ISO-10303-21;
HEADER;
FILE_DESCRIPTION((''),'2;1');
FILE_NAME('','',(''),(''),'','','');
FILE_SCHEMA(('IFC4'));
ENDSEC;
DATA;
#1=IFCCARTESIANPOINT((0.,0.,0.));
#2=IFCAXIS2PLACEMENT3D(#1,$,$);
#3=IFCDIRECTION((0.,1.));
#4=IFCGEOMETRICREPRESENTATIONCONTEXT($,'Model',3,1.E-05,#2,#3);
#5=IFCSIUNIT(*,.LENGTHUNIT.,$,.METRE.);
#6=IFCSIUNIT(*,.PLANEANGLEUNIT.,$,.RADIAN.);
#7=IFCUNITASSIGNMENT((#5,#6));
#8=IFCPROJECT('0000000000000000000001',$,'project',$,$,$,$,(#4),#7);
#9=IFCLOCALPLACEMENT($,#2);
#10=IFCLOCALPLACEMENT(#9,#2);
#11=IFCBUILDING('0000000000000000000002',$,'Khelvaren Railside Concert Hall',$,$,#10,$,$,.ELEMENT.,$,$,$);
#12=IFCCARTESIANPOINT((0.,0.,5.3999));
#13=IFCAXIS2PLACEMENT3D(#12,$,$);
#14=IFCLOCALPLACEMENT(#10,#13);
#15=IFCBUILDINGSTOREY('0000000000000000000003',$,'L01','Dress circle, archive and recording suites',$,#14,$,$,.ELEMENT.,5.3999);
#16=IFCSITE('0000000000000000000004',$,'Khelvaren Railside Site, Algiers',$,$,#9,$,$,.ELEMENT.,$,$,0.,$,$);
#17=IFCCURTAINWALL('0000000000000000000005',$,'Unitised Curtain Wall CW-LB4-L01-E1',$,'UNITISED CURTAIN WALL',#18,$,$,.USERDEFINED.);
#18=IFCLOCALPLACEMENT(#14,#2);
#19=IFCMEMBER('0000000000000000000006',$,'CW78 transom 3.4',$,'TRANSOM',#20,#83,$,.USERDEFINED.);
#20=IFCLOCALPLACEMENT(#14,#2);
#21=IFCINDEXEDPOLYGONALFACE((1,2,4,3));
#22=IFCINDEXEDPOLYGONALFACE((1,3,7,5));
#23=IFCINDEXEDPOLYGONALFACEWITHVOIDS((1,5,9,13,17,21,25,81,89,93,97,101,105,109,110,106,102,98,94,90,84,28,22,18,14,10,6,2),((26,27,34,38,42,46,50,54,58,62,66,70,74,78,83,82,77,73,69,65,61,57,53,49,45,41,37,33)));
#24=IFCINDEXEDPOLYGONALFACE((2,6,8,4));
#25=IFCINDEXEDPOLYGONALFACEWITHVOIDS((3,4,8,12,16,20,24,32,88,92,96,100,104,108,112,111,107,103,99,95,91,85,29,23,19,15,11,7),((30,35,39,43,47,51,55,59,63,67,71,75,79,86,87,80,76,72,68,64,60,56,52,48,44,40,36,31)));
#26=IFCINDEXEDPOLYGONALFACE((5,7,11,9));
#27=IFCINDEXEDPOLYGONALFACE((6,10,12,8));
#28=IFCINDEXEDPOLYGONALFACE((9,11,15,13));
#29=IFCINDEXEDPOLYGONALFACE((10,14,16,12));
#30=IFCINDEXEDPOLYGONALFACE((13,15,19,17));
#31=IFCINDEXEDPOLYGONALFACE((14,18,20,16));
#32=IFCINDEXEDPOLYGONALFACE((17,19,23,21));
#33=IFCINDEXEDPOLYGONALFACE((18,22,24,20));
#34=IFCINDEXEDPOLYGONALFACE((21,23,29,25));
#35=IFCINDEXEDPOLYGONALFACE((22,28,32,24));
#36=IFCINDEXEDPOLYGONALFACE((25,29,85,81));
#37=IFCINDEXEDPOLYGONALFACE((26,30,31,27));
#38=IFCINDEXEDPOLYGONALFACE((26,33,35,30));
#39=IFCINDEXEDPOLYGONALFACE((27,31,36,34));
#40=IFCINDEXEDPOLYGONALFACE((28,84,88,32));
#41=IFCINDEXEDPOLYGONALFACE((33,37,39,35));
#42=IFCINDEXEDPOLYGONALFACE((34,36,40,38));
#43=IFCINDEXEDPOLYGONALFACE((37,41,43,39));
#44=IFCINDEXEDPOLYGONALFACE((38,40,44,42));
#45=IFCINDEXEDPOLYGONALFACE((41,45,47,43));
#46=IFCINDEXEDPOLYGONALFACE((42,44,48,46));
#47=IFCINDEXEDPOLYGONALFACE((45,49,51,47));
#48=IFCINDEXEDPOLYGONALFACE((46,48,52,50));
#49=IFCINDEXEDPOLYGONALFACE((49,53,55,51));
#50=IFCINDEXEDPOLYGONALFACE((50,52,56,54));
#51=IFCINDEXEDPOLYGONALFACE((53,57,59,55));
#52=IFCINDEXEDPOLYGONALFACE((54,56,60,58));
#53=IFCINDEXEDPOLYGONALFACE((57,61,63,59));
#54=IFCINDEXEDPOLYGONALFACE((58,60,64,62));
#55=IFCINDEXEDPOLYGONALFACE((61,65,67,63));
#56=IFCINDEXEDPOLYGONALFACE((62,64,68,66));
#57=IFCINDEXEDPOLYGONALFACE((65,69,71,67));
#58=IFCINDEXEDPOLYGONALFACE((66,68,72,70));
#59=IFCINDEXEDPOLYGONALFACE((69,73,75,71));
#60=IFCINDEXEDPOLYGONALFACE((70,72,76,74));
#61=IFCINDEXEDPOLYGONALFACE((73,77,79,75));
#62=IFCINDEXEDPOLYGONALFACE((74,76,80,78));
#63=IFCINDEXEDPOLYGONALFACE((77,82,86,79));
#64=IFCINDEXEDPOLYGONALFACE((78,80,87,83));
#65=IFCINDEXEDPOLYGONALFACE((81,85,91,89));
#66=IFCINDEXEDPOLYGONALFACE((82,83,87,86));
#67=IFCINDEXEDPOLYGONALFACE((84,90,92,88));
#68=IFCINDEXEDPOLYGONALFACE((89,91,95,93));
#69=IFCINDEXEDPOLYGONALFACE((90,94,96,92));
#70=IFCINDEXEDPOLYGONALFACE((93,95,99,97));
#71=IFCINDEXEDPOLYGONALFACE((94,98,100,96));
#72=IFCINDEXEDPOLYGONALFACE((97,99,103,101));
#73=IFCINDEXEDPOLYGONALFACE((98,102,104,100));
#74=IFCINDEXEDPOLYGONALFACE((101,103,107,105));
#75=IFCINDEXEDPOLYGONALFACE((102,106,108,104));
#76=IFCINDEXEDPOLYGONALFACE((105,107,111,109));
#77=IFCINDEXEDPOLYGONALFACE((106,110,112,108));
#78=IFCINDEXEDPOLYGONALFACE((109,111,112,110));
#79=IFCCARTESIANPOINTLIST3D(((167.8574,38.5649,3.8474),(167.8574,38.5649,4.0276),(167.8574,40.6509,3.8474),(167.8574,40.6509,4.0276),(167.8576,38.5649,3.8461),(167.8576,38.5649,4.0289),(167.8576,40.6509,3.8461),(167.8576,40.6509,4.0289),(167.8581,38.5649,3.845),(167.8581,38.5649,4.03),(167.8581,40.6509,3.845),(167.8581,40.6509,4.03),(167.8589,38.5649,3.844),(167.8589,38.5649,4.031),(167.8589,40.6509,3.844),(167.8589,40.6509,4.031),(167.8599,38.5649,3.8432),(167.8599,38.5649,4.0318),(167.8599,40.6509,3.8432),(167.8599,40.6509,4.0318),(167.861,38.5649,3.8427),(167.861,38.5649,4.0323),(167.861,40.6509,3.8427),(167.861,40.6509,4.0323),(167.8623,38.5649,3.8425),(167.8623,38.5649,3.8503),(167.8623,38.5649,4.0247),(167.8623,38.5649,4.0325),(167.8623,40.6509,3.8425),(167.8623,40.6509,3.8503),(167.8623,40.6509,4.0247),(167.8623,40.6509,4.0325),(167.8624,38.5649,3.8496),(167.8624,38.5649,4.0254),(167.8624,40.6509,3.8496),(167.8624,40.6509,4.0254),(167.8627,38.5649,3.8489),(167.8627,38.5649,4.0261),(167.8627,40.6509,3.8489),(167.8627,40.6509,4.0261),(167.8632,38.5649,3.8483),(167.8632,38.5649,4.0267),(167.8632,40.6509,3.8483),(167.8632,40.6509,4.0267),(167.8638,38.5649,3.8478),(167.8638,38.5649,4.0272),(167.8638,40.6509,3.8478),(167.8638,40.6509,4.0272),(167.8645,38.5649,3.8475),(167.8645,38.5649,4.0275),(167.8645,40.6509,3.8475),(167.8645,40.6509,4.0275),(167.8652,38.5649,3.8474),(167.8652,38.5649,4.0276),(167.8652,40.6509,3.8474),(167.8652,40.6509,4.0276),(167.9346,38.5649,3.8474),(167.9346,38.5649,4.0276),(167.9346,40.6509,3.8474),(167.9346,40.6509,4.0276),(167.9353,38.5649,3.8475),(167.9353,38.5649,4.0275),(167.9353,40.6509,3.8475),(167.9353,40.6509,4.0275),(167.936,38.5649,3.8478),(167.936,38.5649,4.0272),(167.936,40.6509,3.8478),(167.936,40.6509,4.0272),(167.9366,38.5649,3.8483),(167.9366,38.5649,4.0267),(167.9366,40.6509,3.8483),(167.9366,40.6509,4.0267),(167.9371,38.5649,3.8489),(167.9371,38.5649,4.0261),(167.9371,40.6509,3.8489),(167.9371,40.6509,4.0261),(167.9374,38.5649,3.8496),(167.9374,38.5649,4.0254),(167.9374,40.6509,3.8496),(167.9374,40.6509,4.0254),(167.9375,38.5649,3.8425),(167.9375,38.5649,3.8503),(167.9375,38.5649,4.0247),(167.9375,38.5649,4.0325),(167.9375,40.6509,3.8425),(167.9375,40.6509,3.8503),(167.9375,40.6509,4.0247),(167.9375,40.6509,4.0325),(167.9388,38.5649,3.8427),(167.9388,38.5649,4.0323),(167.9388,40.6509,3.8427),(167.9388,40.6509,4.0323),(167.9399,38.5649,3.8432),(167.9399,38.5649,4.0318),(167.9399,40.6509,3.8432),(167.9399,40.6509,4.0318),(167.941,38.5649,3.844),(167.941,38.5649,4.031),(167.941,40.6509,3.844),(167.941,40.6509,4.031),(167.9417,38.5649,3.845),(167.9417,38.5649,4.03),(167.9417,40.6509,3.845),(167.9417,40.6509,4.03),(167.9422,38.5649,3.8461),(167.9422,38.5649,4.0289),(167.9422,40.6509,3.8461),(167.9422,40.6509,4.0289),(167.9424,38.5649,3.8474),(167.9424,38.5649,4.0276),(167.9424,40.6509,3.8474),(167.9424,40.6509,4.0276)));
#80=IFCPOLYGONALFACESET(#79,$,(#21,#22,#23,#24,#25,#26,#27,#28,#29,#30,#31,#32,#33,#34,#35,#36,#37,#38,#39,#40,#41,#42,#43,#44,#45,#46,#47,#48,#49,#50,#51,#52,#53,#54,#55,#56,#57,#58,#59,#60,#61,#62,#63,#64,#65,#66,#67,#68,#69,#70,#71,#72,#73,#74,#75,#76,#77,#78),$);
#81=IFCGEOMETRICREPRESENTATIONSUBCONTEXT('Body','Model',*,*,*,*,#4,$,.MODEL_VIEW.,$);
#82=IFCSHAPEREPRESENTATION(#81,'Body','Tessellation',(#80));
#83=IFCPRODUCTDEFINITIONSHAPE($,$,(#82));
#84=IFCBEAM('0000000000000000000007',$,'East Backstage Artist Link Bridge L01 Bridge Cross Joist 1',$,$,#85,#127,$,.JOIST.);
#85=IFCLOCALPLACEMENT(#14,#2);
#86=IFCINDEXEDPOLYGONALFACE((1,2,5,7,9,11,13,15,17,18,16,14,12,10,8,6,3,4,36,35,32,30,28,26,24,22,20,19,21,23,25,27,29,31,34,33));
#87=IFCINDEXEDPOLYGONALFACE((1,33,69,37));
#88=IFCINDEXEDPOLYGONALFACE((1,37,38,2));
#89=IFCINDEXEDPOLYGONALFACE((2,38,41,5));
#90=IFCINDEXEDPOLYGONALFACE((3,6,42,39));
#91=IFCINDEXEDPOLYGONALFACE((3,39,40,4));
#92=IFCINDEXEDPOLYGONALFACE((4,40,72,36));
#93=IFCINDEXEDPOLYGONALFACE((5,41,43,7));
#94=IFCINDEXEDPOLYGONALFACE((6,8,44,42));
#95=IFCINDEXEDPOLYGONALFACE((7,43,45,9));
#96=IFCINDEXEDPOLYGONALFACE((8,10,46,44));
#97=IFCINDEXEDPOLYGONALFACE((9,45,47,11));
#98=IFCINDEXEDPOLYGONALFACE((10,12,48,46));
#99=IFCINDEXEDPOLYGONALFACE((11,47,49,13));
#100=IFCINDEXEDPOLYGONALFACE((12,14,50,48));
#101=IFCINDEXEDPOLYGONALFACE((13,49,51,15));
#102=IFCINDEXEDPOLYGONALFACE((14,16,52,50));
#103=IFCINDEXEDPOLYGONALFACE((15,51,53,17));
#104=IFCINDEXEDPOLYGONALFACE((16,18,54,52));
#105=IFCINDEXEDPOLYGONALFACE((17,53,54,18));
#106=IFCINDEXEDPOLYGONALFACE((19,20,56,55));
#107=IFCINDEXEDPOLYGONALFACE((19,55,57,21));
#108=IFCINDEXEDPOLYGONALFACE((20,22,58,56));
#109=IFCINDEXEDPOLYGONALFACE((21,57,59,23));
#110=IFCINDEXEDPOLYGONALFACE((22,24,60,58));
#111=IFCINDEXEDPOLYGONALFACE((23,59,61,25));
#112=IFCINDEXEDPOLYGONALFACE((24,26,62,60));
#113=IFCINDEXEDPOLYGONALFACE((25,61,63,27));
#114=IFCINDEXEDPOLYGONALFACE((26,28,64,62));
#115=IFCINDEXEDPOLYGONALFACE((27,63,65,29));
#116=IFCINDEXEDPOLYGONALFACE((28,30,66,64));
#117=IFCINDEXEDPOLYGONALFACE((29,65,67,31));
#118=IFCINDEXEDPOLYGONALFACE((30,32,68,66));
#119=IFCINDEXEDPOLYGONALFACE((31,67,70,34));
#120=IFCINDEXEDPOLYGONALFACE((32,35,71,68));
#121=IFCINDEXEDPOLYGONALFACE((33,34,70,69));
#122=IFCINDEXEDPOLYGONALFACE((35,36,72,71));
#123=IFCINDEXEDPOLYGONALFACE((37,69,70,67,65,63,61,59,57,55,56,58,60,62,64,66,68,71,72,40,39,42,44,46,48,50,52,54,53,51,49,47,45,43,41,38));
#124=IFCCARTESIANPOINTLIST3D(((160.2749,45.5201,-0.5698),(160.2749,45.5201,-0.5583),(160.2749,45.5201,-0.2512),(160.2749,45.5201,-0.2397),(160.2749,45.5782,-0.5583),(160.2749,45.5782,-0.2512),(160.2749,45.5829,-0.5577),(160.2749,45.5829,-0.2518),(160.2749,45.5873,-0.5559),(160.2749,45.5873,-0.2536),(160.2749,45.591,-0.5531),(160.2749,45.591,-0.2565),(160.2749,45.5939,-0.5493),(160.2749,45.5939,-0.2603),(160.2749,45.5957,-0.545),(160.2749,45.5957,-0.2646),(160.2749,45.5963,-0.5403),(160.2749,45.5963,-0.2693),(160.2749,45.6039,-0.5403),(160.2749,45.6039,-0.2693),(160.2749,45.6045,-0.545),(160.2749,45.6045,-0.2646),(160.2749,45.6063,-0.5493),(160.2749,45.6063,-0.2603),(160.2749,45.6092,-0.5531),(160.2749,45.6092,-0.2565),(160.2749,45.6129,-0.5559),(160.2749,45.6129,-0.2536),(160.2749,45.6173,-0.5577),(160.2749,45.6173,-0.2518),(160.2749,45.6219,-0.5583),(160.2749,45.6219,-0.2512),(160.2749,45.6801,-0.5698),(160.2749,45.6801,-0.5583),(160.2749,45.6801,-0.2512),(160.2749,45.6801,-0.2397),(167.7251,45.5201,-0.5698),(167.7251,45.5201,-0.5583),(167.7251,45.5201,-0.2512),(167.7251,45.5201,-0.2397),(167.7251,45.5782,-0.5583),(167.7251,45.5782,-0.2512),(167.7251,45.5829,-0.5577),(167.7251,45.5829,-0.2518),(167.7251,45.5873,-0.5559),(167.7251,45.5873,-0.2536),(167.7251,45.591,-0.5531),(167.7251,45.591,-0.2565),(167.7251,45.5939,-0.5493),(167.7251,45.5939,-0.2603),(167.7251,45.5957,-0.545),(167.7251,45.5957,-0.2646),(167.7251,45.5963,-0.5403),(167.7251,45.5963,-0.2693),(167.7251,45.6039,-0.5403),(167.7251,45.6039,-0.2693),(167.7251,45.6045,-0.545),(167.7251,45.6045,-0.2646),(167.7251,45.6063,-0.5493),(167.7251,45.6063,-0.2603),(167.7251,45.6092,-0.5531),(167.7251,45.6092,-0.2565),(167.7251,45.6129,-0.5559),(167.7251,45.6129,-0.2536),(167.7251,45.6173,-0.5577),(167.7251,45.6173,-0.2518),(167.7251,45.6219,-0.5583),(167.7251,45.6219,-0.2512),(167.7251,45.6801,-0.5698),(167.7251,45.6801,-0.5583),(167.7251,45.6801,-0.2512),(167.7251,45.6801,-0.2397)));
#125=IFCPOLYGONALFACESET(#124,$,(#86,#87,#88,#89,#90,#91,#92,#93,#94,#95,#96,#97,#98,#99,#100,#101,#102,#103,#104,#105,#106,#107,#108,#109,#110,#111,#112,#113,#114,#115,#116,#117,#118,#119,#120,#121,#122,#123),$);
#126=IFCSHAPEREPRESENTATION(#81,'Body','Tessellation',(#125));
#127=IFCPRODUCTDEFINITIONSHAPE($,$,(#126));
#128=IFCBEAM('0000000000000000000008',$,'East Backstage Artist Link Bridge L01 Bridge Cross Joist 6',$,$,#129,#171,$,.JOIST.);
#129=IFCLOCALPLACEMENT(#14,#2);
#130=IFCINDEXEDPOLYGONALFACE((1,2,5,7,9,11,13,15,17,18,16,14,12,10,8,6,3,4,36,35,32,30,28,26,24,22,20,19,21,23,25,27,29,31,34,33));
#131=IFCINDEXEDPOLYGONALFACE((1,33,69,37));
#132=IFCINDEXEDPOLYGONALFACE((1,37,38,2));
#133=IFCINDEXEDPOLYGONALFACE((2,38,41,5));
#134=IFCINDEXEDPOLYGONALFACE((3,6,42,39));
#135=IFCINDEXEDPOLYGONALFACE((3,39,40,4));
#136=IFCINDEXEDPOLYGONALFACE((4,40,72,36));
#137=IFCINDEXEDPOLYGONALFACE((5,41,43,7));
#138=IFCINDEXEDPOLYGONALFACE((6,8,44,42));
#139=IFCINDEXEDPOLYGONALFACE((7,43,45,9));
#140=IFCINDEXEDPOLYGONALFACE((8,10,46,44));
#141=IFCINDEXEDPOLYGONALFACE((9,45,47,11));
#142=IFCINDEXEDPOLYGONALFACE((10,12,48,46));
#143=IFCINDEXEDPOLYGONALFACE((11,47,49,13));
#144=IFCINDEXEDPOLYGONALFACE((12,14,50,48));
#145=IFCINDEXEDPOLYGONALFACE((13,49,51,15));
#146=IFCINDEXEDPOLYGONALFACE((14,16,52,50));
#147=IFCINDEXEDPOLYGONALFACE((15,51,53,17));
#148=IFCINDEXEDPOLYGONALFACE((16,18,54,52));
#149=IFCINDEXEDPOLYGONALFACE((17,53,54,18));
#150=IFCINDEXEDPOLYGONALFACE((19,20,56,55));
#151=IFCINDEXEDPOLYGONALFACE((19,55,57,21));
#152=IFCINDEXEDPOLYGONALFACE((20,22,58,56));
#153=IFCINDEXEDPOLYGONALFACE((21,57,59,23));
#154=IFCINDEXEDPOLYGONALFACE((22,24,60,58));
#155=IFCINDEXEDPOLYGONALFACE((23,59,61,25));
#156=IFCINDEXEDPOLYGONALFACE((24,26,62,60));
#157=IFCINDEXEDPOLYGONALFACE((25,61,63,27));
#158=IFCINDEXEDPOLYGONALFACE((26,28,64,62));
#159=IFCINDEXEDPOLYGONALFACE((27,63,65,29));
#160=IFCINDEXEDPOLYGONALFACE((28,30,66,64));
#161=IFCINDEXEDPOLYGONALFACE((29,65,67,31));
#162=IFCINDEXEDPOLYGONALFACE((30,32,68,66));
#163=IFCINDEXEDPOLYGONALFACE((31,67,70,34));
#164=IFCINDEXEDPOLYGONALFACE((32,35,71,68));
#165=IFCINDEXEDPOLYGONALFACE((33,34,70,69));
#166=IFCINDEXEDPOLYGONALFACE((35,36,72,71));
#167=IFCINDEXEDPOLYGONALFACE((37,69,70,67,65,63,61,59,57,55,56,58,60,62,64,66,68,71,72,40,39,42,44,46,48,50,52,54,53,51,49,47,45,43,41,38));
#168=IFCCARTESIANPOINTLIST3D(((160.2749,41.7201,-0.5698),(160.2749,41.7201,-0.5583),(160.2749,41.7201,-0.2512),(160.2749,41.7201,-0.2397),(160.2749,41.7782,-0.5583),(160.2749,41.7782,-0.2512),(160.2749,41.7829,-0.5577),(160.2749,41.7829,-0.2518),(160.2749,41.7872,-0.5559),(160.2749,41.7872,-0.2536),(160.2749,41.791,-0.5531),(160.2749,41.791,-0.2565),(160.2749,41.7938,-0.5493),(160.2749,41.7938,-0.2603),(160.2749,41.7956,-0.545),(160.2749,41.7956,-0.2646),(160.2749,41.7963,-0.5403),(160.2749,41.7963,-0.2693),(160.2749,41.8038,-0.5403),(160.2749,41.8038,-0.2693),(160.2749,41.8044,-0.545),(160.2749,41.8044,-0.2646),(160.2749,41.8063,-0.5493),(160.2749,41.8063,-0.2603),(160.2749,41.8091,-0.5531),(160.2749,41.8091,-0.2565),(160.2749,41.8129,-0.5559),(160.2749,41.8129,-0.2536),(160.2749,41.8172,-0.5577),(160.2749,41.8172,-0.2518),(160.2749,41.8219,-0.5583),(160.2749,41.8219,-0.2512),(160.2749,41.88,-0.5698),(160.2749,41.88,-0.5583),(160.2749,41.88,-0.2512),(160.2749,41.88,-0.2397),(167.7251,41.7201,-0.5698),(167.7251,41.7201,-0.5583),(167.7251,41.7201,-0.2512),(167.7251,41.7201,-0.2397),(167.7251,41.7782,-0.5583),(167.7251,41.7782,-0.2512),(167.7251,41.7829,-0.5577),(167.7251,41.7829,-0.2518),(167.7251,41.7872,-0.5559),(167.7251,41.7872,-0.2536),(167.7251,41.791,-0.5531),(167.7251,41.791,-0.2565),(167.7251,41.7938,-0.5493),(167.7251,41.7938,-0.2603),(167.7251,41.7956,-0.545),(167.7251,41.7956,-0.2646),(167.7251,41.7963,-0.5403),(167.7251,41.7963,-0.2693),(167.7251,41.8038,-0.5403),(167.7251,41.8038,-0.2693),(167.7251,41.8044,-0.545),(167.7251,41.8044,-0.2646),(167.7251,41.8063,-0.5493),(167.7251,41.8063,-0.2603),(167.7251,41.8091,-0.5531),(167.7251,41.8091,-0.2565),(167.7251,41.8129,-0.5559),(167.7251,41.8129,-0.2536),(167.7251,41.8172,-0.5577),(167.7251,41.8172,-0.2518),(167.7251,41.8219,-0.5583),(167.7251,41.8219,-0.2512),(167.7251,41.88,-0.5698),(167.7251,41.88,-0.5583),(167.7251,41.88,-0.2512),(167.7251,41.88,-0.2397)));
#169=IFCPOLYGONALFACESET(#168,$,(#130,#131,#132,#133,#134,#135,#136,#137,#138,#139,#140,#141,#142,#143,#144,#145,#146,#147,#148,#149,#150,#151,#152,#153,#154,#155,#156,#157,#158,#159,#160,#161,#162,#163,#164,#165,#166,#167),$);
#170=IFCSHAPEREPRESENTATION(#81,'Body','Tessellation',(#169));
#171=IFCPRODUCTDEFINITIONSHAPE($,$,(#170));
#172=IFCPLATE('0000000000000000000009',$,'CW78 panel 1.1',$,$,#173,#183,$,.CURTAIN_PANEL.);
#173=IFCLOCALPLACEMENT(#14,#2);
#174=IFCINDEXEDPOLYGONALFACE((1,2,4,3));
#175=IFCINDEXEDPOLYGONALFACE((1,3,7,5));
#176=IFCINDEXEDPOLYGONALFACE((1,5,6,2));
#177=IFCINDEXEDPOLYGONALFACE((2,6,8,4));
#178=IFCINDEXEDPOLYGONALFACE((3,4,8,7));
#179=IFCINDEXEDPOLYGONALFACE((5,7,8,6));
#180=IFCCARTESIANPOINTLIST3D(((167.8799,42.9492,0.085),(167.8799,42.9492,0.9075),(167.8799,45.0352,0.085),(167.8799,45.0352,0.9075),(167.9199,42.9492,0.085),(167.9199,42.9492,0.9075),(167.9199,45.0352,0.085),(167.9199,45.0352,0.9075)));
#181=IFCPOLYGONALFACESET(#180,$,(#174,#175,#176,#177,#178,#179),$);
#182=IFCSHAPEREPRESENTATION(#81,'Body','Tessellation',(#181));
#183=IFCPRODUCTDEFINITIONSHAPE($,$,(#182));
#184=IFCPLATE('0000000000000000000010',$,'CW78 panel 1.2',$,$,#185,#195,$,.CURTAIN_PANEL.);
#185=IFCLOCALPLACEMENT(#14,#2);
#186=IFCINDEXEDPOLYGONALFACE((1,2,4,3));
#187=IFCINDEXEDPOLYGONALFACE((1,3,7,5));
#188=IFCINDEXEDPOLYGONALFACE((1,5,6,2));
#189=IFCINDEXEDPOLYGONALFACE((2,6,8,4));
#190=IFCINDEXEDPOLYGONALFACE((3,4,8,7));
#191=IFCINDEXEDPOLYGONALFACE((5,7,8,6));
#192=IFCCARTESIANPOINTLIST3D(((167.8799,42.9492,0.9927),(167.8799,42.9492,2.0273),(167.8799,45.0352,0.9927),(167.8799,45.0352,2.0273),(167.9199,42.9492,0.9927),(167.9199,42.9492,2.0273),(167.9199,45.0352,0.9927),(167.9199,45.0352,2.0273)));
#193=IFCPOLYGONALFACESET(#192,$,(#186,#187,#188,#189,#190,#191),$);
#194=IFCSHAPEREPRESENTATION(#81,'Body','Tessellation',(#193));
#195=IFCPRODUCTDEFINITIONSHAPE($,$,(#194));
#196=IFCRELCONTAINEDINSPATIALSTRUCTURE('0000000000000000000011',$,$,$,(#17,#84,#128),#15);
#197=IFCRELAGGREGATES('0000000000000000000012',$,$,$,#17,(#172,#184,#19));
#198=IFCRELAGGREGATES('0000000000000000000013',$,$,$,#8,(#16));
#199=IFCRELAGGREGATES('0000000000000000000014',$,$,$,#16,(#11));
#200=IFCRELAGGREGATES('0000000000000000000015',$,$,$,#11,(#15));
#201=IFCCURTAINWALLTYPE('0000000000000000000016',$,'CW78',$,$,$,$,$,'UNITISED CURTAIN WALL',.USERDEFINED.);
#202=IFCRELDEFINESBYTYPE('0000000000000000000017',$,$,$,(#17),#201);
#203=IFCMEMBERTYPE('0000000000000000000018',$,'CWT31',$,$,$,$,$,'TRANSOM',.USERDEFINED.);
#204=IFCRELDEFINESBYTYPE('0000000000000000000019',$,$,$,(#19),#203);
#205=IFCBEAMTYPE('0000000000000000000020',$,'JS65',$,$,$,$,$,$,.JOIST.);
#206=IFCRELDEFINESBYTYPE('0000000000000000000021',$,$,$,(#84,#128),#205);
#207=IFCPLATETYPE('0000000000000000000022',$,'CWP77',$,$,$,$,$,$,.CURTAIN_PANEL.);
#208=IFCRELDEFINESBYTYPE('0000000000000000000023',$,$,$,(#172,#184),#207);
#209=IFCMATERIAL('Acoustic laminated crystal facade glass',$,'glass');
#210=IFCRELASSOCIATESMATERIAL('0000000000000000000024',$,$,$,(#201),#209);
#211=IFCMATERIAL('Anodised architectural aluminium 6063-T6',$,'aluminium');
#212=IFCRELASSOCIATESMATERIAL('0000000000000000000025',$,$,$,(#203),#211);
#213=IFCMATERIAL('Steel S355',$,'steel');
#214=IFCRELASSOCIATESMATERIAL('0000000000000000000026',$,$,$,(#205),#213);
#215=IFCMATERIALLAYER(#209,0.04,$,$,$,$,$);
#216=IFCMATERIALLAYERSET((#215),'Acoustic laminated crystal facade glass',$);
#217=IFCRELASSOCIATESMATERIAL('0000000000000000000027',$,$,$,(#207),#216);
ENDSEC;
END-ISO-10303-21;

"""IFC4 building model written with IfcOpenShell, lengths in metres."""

from ifc_helpers import new_model, si_unit, direction, frame, origin, origin_2d, place, context, subcontext, project, spatial, rectangle, hollow_rectangle, i_section, extrude, material, layer, layer_set, material_profile, profile_set, type_object, element, aggregate, save


model = new_model("IFC4")

# Units and contexts
model_context = context("Model", 3, precision=1e-05, world=origin(), true_north=direction((0.0, 1.0)))
body_context = subcontext(model_context, "Body", "Model", "MODEL_VIEW")
ifc_project = project(units=[si_unit("LENGTHUNIT", "METRE"), si_unit("PLANEANGLEUNIT", "RADIAN")], contexts=[model_context])

# Site, building, storey
site_placement = place(None, origin())
site = spatial("IfcSite", under=ifc_project, at=site_placement, Name="Khelvaren Railside Site, Algiers", CompositionType="ELEMENT", RefElevation=0.0)
building_placement = place(site_placement, origin())
building = spatial("IfcBuilding", under=site, at=building_placement, Name="Khelvaren Railside Concert Hall", CompositionType="ELEMENT")
storey_placement = place(building_placement, frame((0.0, 0.0, 5.3999)))
storey = spatial("IfcBuildingStorey", under=building, at=storey_placement, Name="L01", Description="Dress circle, archive and recording suites", CompositionType="ELEMENT", Elevation=5.3999)

# Curtain wall, member
ifc_material_1 = material(Name="Acoustic laminated crystal facade glass", Category="glass")
curtain_wall_type = type_object("IfcCurtainWallType", Name="CW78", ElementType="UNITISED CURTAIN WALL", PredefinedType="USERDEFINED", material=ifc_material_1)
curtain_wall_placement = place(storey_placement, origin())
curtain_wall = element("IfcCurtainWall", 1, at=curtain_wall_placement, inside=storey, type_object=curtain_wall_type, Name="Unitised Curtain Wall CW-LB4-L01-E1", ObjectType="UNITISED CURTAIN WALL", PredefinedType="USERDEFINED")
ifc_material_2 = material(Name="Anodised architectural aluminium 6063-T6", Category="aluminium")
ifc_material_profile_1 = material_profile(ifc_material_2, hollow_rectangle(XDim=0.085, YDim=0.1899, WallThickness=0.0049, InnerFilletRadius=0.0029, OuterFilletRadius=0.0049, at=origin_2d()), Name="CWT 85x190x5")
ifc_profile_set_1 = profile_set([ifc_material_profile_1], Name="Anodised architectural aluminium 6063-T6")
member_type_1 = type_object("IfcMemberType", Name="CWT31", ElementType="TRANSOM", PredefinedType="USERDEFINED", material=ifc_profile_set_1)
member_1_placement = place(storey_placement, frame((167.8999, 40.6509, 3.9375), z_axis=(0.0, -1.0, 0.0), x_axis=(1.0, 0.0, 0.0)))
member_1 = element("IfcMember", 2, at=member_1_placement, type_object=member_type_1, Name="CW78 transom 3.4", ObjectType="TRANSOM", PredefinedType="USERDEFINED", context=body_context, shape_type="SweptSolid", body=[
    extrude(hollow_rectangle(XDim=0.085, YDim=0.1899, WallThickness=0.0049, InnerFilletRadius=0.0029, OuterFilletRadius=0.0049, at=origin_2d()), origin(), (0.0, 0.0, 1.0), 2.0859),
])

# Beams
ifc_material_3 = material(Name="Steel S355", Category="steel")
ifc_material_profile_2 = material_profile(ifc_material_3, i_section(OverallWidth=0.1599, OverallDepth=0.3301, WebThickness=0.0076, FlangeThickness=0.0115, FilletRadius=0.0181, at=origin_2d()), Name="IPE 330")
ifc_profile_set_2 = profile_set([ifc_material_profile_2], Name="Steel S355")
beam_type = type_object("IfcBeamType", Name="JS65", PredefinedType="JOIST", material=ifc_profile_set_2)
for number, where, z_axis, x_axis, name in (
    (3, (160.2749, 45.6001, -0.4048), (1.0, 0.0, 0.0), (0.0, 1.0, 0.0), "East Backstage Artist Link Bridge L01 Bridge Cross Joist 1"),
    (4, (160.2749, 41.8, -0.4048), (1.0, 0.0, 0.0), (0.0, 1.0, 0.0), "East Backstage Artist Link Bridge L01 Bridge Cross Joist 6"),
):
    element("IfcBeam", number, at=place(storey_placement, frame(where, z_axis=z_axis, x_axis=x_axis)), inside=storey, type_object=beam_type, Name=name, PredefinedType="JOIST", context=body_context, shape_type="SweptSolid", body=[
        extrude(i_section(OverallWidth=0.1599, OverallDepth=0.3301, WebThickness=0.0076, FlangeThickness=0.0115, FilletRadius=0.0181, at=origin_2d()), origin(), (0.0, 0.0, 1.0), 7.4502),
    ])

# Plates
ifc_layer = layer(ifc_material_1, 0.04)
ifc_layer_set = layer_set([ifc_layer], Name="Acoustic laminated crystal facade glass")
plate_type = type_object("IfcPlateType", Name="CWP77", PredefinedType="CURTAIN_PANEL", material=ifc_layer_set)
plate_1_placement = place(storey_placement, frame((167.8999, 43.9922, 0.085), z_axis=(0.0, 0.0, 1.0), x_axis=(0.0, -1.0, 0.0)))
plate_1 = element("IfcPlate", 5, at=plate_1_placement, type_object=plate_type, Name="CW78 panel 1.1", PredefinedType="CURTAIN_PANEL", context=body_context, shape_type="SweptSolid", body=[
    extrude(rectangle(XDim=2.0859, YDim=0.04, at=origin_2d()), origin(), (0.0, 0.0, 1.0), 0.8225),
])
plate_2_placement = place(storey_placement, frame((167.8999, 43.9922, 0.9927), z_axis=(0.0, 0.0, 1.0), x_axis=(0.0, -1.0, 0.0)))
plate_2 = element("IfcPlate", 6, at=plate_2_placement, type_object=plate_type, Name="CW78 panel 1.2", PredefinedType="CURTAIN_PANEL", context=body_context, shape_type="SweptSolid", body=[
    extrude(rectangle(XDim=2.0859, YDim=0.04, at=origin_2d()), origin(), (0.0, 0.0, 1.0), 1.0347),
])
aggregate(curtain_wall, [plate_1, plate_2, member_1])

save(model, "model.ifc")
